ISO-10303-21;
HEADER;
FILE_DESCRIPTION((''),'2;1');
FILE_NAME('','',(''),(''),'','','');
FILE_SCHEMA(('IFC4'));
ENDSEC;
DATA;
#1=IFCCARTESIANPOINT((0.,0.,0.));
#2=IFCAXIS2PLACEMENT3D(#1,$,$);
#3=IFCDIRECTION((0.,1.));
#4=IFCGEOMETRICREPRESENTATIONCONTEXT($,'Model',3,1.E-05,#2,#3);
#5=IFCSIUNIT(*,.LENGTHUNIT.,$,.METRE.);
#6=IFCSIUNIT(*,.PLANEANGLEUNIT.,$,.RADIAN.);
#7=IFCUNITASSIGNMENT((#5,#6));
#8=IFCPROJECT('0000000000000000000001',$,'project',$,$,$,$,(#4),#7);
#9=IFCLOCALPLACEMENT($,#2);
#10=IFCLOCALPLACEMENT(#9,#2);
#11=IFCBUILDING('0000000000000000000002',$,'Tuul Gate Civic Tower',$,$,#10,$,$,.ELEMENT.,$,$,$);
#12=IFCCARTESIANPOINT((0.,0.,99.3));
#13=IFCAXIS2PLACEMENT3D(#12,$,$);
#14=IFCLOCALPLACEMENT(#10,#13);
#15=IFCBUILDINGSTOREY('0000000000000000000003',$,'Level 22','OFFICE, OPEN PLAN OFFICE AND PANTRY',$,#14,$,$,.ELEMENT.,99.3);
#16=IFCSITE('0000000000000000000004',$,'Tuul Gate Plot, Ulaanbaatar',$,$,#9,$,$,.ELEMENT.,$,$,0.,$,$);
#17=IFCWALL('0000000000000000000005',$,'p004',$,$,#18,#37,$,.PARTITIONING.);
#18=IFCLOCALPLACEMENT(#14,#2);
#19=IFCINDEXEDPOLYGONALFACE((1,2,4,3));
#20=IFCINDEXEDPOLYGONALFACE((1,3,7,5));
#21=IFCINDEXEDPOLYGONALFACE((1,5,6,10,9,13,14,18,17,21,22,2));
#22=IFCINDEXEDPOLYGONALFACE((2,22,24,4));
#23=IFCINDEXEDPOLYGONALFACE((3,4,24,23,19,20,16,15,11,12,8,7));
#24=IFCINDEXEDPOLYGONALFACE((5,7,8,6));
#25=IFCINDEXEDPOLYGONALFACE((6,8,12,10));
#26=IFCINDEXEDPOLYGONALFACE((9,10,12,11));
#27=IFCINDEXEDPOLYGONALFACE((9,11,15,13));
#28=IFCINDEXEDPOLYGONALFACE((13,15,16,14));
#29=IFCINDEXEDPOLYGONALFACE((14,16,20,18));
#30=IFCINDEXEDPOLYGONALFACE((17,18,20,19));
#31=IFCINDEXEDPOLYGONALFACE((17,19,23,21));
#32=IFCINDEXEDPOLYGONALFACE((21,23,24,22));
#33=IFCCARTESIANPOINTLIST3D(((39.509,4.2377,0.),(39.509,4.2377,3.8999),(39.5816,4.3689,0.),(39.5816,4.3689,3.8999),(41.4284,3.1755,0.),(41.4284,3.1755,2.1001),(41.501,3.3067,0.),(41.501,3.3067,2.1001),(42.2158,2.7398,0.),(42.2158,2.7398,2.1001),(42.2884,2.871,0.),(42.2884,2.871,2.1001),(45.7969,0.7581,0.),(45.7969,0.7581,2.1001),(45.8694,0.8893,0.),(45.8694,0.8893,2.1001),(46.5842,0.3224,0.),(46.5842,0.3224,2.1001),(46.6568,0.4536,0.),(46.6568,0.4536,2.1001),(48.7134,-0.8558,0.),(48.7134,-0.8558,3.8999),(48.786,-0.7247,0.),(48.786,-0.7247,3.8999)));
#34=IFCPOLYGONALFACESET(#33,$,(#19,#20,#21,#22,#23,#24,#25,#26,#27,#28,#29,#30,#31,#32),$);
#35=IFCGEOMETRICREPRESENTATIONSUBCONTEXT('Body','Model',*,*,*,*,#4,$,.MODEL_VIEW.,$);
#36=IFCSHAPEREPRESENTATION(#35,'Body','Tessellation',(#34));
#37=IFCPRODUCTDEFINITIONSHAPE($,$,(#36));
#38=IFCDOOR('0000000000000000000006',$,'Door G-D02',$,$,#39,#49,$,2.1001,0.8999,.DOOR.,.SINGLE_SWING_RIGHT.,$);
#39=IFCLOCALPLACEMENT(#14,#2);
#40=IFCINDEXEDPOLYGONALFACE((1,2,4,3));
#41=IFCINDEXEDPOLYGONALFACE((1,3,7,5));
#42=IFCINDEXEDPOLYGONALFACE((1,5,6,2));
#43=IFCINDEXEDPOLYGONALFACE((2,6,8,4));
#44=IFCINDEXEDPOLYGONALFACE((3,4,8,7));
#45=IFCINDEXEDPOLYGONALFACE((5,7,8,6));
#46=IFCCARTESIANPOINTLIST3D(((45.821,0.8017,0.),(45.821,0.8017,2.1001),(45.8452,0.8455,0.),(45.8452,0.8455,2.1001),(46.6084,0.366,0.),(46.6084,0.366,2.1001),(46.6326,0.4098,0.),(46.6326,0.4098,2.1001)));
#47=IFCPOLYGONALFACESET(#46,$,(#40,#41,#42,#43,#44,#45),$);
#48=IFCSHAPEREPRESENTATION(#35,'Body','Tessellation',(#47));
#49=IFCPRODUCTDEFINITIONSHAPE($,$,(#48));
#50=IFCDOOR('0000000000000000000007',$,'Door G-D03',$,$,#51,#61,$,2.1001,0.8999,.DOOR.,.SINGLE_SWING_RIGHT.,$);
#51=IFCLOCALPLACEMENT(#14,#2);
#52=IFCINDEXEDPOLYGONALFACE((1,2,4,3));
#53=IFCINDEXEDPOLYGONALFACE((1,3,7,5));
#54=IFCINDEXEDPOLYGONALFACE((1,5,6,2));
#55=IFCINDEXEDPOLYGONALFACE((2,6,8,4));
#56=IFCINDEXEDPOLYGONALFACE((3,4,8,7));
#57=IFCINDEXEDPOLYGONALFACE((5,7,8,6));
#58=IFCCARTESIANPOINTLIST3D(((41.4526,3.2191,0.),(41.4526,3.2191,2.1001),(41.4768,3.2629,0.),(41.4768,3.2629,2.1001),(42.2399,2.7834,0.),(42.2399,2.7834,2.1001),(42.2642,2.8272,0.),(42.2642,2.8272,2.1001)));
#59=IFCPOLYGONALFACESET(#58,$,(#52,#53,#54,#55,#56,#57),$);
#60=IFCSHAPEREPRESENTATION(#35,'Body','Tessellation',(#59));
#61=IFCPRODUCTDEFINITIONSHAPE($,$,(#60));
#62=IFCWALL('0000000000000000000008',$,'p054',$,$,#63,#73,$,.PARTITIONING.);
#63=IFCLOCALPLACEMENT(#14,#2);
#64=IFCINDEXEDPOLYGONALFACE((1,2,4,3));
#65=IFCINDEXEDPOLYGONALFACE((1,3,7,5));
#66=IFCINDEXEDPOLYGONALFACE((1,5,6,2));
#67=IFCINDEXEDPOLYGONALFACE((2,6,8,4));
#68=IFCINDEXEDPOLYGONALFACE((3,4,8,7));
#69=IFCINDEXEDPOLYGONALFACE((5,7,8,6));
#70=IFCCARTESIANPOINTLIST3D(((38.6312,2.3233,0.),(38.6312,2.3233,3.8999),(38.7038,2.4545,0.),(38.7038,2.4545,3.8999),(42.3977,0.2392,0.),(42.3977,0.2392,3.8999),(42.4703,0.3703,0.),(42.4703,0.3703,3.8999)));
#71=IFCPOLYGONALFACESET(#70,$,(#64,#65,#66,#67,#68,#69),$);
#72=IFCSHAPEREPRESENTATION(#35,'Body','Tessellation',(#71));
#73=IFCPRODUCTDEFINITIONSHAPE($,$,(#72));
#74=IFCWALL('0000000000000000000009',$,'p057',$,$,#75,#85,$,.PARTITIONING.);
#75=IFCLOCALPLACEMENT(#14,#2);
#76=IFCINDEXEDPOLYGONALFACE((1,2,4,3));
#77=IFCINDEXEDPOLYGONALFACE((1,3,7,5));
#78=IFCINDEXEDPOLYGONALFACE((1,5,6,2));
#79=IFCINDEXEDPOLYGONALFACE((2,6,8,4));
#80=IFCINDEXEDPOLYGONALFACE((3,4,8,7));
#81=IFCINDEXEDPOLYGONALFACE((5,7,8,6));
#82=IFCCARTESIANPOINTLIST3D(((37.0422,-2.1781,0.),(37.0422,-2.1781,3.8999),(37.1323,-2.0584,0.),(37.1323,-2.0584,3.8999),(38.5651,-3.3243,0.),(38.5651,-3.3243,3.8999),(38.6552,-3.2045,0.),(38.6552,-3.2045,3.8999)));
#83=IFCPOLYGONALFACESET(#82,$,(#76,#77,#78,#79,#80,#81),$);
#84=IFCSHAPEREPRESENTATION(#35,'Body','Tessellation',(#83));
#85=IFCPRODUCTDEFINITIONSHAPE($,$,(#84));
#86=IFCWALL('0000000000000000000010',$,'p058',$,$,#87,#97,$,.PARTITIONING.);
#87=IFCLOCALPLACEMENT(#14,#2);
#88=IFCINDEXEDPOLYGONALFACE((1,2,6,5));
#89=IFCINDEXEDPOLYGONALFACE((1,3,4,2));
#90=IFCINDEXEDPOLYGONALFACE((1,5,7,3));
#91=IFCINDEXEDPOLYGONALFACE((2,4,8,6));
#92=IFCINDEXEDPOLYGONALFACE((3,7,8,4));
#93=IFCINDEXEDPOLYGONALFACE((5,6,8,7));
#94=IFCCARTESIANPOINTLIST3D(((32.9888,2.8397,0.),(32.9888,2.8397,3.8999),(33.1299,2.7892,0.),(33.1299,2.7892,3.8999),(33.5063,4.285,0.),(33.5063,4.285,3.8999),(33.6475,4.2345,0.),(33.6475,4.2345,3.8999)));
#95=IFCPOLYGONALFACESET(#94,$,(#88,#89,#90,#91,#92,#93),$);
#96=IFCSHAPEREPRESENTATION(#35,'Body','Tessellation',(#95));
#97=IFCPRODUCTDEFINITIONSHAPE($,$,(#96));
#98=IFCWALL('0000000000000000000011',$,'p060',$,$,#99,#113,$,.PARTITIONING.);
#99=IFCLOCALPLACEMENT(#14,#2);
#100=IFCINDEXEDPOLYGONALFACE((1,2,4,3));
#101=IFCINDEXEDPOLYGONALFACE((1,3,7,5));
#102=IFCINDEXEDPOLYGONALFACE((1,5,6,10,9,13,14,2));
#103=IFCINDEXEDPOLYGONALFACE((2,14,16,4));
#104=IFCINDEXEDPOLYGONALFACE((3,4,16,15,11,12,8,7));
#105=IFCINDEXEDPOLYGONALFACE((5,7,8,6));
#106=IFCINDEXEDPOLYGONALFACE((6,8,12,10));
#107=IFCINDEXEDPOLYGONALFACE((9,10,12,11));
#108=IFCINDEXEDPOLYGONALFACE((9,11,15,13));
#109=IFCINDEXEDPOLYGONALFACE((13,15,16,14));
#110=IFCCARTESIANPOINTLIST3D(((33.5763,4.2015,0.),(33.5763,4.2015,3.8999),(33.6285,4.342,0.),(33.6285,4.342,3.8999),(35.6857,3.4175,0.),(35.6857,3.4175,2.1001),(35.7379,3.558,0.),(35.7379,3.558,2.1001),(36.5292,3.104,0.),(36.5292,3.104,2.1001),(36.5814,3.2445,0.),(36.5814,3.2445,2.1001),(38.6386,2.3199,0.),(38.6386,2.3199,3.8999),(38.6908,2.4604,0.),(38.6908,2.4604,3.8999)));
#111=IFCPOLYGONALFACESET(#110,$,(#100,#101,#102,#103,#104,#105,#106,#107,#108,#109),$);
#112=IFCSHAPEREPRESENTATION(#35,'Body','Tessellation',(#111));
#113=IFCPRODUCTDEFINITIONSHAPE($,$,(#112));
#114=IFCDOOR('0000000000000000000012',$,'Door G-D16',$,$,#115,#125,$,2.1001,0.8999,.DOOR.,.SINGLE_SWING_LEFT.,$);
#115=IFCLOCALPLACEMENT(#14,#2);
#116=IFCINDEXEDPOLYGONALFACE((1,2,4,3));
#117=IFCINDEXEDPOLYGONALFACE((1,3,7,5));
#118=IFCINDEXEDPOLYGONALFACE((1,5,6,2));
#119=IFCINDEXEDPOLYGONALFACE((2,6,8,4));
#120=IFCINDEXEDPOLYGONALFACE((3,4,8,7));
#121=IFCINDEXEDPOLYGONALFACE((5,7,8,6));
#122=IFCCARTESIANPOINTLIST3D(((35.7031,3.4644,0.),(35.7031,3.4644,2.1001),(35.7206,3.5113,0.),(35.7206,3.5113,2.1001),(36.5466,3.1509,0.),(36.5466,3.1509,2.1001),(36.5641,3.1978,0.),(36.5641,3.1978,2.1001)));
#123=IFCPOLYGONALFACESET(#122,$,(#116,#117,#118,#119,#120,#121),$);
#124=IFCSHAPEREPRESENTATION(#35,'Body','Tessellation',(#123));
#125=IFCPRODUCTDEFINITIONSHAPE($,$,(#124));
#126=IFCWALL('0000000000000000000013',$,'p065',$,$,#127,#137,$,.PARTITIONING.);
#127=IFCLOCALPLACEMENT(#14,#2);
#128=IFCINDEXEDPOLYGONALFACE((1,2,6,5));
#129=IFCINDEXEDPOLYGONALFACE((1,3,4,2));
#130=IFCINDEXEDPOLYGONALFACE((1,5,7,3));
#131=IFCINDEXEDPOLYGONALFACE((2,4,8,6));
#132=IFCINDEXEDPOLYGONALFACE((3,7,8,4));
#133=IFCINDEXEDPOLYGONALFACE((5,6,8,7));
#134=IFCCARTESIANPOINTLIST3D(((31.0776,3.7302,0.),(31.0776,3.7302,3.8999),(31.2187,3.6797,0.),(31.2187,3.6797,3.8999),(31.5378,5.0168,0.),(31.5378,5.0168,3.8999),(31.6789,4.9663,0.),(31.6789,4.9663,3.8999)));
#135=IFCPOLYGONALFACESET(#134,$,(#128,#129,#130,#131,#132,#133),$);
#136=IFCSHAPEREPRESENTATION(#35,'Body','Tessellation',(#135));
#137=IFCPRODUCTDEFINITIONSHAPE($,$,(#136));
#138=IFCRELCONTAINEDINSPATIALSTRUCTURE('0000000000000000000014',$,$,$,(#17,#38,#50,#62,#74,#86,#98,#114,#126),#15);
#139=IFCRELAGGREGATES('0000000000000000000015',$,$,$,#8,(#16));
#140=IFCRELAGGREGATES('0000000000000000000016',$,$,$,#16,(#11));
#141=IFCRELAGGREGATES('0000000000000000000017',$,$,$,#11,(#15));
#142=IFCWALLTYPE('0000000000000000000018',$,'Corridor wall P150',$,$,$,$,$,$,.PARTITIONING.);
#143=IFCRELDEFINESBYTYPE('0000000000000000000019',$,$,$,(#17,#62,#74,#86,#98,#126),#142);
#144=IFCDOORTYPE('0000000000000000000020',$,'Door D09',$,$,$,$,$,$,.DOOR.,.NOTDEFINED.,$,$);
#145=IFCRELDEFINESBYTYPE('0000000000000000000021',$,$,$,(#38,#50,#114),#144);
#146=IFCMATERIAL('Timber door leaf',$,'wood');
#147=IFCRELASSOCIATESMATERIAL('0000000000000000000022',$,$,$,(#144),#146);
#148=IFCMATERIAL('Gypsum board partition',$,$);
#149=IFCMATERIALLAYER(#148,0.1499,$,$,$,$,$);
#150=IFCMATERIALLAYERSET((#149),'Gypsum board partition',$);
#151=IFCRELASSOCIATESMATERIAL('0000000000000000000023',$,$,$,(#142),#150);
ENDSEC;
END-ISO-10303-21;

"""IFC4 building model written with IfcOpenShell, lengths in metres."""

from ifc_helpers import new_model, si_unit, direction, frame, frame_2d, origin, place, context, subcontext, project, spatial, rectangle, extrude, material, layer, layer_set, type_object, element, fill, save


model = new_model("IFC4")

# Units and contexts
model_context = context("Model", 3, precision=1e-05, world=origin(), true_north=direction((0.0, 1.0)))
body_context = subcontext(model_context, "Body", "Model", "MODEL_VIEW")
ifc_project = project(units=[si_unit("LENGTHUNIT", "METRE"), si_unit("PLANEANGLEUNIT", "RADIAN")], contexts=[model_context])

# Site, building, storey
site_placement = place(None, origin())
site = spatial("IfcSite", under=ifc_project, at=site_placement, Name="Tuul Gate Plot, Ulaanbaatar", CompositionType="ELEMENT", RefElevation=0.0)
building_placement = place(site_placement, origin())
building = spatial("IfcBuilding", under=site, at=building_placement, Name="Tuul Gate Civic Tower", CompositionType="ELEMENT")
storey_placement = place(building_placement, frame((0.0, 0.0, 99.3)))
storey = spatial("IfcBuildingStorey", under=building, at=storey_placement, Name="Level 22", Description="OFFICE, OPEN PLAN OFFICE AND PANTRY", CompositionType="ELEMENT", Elevation=99.3)

# Shared definitions
ifc_material_1 = material(Name="Timber door leaf", Category="wood")
door_type_1 = type_object("IfcDoorType", Name="Door D09", OperationType="NOTDEFINED", PredefinedType="DOOR", material=ifc_material_1)

# Wall, openings, doors
ifc_material_2 = material(Name="Gypsum board partition")
ifc_layer_1 = layer(ifc_material_2, 0.1499)
ifc_layer_set_1 = layer_set([ifc_layer_1], Name="Gypsum board partition")
wall_type_1 = type_object("IfcWallType", Name="Corridor wall P150", PredefinedType="PARTITIONING", material=ifc_layer_set_1)
wall_1_placement = place(storey_placement, frame((39.5454, 4.3032, 0.0), z_axis=(0.0, 0.0, 1.0), x_axis=(0.874964, -0.484188, 0.0)))
wall_1 = element("IfcWall", 1, at=wall_1_placement, inside=storey, type_object=wall_type_1, Name="p004", PredefinedType="PARTITIONING", context=body_context, shape_type="SweptSolid", body=[
    extrude(rectangle(XDim=10.5198, YDim=0.1499, at=frame_2d((5.2598, 0.0))), origin(), (0.0, 0.0, 1.0), 3.8999),
])
opening_1_placement = place(wall_1_placement, frame((7.1863, 0.0, 0.0)))
opening_1 = element("IfcOpeningElement", 2, at=opening_1_placement, cuts=wall_1, PredefinedType="OPENING", context=body_context, shape_type="SweptSolid", body=[
    extrude(rectangle(XDim=0.8999, YDim=2.1001, at=frame_2d((0.45, 1.05))), frame((0.0, 0.085, 0.0), z_axis=(0.0, -1.0, 0.0), x_axis=(1.0, 0.0, 0.0)), (0.0, 0.0, 1.0), 0.1699),
])
opening_2_placement = place(wall_1_placement, frame((2.1936, 0.0, 0.0)))
opening_2 = element("IfcOpeningElement", 3, at=opening_2_placement, cuts=wall_1, PredefinedType="OPENING", context=body_context, shape_type="SweptSolid", body=[
    extrude(rectangle(XDim=0.8999, YDim=2.1001, at=frame_2d((0.45, 1.05))), frame((0.0, 0.085, 0.0), z_axis=(0.0, -1.0, 0.0), x_axis=(1.0, 0.0, 0.0)), (0.0, 0.0, 1.0), 0.1699),
])
door_1_placement = place(opening_1_placement, origin())
door_1 = element("IfcDoor", 4, at=door_1_placement, inside=storey, type_object=door_type_1, Name="Door G-D02", OperationType="SINGLE_SWING_RIGHT", OverallHeight=2.1001, OverallWidth=0.8999, PredefinedType="DOOR", context=body_context, shape_type="SweptSolid", body=[
    extrude(rectangle(XDim=0.8999, YDim=2.1001, at=frame_2d((0.45, 1.05))), frame((0.0, 0.0249, 0.0), z_axis=(0.0, -1.0, 0.0), x_axis=(1.0, 0.0, 0.0)), (0.0, 0.0, 1.0), 0.05),
])
fill(opening_1, door_1)
door_2_placement = place(opening_2_placement, origin())
door_2 = element("IfcDoor", 5, at=door_2_placement, inside=storey, type_object=door_type_1, Name="Door G-D03", OperationType="SINGLE_SWING_RIGHT", OverallHeight=2.1001, OverallWidth=0.8999, PredefinedType="DOOR", context=body_context, shape_type="SweptSolid", body=[
    extrude(rectangle(XDim=0.8999, YDim=2.1001, at=frame_2d((0.45, 1.05))), frame((0.0, 0.0249, 0.0), z_axis=(0.0, -1.0, 0.0), x_axis=(1.0, 0.0, 0.0)), (0.0, 0.0, 1.0), 0.05),
])
fill(opening_2, door_2)

# Walls
wall_2_placement = place(storey_placement, frame((38.6675, 2.3889, 0.0), z_axis=(0.0, 0.0, 1.0), x_axis=(0.874977, -0.484164, 0.0)))
element("IfcWall", 6, at=wall_2_placement, inside=storey, type_object=wall_type_1, Name="p054", PredefinedType="PARTITIONING", context=body_context, shape_type="SweptSolid", body=[
    extrude(rectangle(XDim=4.3047, YDim=0.1499, at=frame_2d((2.1523, 0.0))), origin(), (0.0, 0.0, 1.0), 3.8999),
])
wall_3_placement = place(storey_placement, frame((37.0872, -2.1182, 0.0), z_axis=(0.0, 0.0, 1.0), x_axis=(0.798984, -0.601352, 0.0)))
element("IfcWall", 7, at=wall_3_placement, inside=storey, type_object=wall_type_1, Name="p057", PredefinedType="PARTITIONING", context=body_context, shape_type="SweptSolid", body=[
    extrude(rectangle(XDim=1.906, YDim=0.1499, at=frame_2d((0.9531, 0.0))), origin(), (0.0, 0.0, 1.0), 3.8999),
])
wall_4_placement = place(storey_placement, frame((33.0593, 2.8145, 0.0), z_axis=(0.0, 0.0, 1.0), x_axis=(0.337142, 0.941454, 0.0)))
element("IfcWall", 8, at=wall_4_placement, inside=storey, type_object=wall_type_1, Name="p058", PredefinedType="PARTITIONING", context=body_context, shape_type="SweptSolid", body=[
    extrude(rectangle(XDim=1.5352, YDim=0.1499, at=frame_2d((0.7676, 0.0))), origin(), (0.0, 0.0, 1.0), 3.8999),
])

# Wall, opening, door
wall_5_placement = place(storey_placement, frame((33.6025, 4.2717, 0.0), z_axis=(0.0, 0.0, 1.0), x_axis=(0.937345, -0.348402, 0.0)))
wall_5 = element("IfcWall", 9, at=wall_5_placement, inside=storey, type_object=wall_type_1, Name="p060", PredefinedType="PARTITIONING", context=body_context, shape_type="SweptSolid", body=[
    extrude(rectangle(XDim=5.4006, YDim=0.1499, at=frame_2d((2.7002, 0.0))), origin(), (0.0, 0.0, 1.0), 3.8999),
])
opening_3_placement = place(wall_5_placement, frame((2.2502, 0.0, 0.0)))
opening_3 = element("IfcOpeningElement", 10, at=opening_3_placement, cuts=wall_5, PredefinedType="OPENING", context=body_context, shape_type="SweptSolid", body=[
    extrude(rectangle(XDim=0.8999, YDim=2.1001, at=frame_2d((0.45, 1.05))), frame((0.0, 0.085, 0.0), z_axis=(0.0, -1.0, 0.0), x_axis=(1.0, 0.0, 0.0)), (0.0, 0.0, 1.0), 0.1699),
])
door_3_placement = place(opening_3_placement, frame((0.8999, 0.0, 0.0), z_axis=(0.0, 0.0, 1.0), x_axis=(-1.0, 0.0, 0.0)))
door_3 = element("IfcDoor", 11, at=door_3_placement, inside=storey, type_object=door_type_1, Name="Door G-D16", OperationType="SINGLE_SWING_LEFT", OverallHeight=2.1001, OverallWidth=0.8999, PredefinedType="DOOR", context=body_context, shape_type="SweptSolid", body=[
    extrude(rectangle(XDim=0.8999, YDim=2.1001, at=frame_2d((0.45, 1.05))), frame((0.0, 0.0249, 0.0), z_axis=(0.0, -1.0, 0.0), x_axis=(1.0, 0.0, 0.0)), (0.0, 0.0, 1.0), 0.05),
])
fill(opening_3, door_3)

# Wall
wall_6_placement = place(storey_placement, frame((31.1482, 3.7051, 0.0), z_axis=(0.0, 0.0, 1.0), x_axis=(0.336789, 0.94158, 0.0)))
element("IfcWall", 12, at=wall_6_placement, inside=storey, type_object=wall_type_1, Name="p065", PredefinedType="PARTITIONING", context=body_context, shape_type="SweptSolid", body=[
    extrude(rectangle(XDim=1.3665, YDim=0.1499, at=frame_2d((0.6831, 0.0))), origin(), (0.0, 0.0, 1.0), 3.8999),
])

save(model, "model.ifc")
